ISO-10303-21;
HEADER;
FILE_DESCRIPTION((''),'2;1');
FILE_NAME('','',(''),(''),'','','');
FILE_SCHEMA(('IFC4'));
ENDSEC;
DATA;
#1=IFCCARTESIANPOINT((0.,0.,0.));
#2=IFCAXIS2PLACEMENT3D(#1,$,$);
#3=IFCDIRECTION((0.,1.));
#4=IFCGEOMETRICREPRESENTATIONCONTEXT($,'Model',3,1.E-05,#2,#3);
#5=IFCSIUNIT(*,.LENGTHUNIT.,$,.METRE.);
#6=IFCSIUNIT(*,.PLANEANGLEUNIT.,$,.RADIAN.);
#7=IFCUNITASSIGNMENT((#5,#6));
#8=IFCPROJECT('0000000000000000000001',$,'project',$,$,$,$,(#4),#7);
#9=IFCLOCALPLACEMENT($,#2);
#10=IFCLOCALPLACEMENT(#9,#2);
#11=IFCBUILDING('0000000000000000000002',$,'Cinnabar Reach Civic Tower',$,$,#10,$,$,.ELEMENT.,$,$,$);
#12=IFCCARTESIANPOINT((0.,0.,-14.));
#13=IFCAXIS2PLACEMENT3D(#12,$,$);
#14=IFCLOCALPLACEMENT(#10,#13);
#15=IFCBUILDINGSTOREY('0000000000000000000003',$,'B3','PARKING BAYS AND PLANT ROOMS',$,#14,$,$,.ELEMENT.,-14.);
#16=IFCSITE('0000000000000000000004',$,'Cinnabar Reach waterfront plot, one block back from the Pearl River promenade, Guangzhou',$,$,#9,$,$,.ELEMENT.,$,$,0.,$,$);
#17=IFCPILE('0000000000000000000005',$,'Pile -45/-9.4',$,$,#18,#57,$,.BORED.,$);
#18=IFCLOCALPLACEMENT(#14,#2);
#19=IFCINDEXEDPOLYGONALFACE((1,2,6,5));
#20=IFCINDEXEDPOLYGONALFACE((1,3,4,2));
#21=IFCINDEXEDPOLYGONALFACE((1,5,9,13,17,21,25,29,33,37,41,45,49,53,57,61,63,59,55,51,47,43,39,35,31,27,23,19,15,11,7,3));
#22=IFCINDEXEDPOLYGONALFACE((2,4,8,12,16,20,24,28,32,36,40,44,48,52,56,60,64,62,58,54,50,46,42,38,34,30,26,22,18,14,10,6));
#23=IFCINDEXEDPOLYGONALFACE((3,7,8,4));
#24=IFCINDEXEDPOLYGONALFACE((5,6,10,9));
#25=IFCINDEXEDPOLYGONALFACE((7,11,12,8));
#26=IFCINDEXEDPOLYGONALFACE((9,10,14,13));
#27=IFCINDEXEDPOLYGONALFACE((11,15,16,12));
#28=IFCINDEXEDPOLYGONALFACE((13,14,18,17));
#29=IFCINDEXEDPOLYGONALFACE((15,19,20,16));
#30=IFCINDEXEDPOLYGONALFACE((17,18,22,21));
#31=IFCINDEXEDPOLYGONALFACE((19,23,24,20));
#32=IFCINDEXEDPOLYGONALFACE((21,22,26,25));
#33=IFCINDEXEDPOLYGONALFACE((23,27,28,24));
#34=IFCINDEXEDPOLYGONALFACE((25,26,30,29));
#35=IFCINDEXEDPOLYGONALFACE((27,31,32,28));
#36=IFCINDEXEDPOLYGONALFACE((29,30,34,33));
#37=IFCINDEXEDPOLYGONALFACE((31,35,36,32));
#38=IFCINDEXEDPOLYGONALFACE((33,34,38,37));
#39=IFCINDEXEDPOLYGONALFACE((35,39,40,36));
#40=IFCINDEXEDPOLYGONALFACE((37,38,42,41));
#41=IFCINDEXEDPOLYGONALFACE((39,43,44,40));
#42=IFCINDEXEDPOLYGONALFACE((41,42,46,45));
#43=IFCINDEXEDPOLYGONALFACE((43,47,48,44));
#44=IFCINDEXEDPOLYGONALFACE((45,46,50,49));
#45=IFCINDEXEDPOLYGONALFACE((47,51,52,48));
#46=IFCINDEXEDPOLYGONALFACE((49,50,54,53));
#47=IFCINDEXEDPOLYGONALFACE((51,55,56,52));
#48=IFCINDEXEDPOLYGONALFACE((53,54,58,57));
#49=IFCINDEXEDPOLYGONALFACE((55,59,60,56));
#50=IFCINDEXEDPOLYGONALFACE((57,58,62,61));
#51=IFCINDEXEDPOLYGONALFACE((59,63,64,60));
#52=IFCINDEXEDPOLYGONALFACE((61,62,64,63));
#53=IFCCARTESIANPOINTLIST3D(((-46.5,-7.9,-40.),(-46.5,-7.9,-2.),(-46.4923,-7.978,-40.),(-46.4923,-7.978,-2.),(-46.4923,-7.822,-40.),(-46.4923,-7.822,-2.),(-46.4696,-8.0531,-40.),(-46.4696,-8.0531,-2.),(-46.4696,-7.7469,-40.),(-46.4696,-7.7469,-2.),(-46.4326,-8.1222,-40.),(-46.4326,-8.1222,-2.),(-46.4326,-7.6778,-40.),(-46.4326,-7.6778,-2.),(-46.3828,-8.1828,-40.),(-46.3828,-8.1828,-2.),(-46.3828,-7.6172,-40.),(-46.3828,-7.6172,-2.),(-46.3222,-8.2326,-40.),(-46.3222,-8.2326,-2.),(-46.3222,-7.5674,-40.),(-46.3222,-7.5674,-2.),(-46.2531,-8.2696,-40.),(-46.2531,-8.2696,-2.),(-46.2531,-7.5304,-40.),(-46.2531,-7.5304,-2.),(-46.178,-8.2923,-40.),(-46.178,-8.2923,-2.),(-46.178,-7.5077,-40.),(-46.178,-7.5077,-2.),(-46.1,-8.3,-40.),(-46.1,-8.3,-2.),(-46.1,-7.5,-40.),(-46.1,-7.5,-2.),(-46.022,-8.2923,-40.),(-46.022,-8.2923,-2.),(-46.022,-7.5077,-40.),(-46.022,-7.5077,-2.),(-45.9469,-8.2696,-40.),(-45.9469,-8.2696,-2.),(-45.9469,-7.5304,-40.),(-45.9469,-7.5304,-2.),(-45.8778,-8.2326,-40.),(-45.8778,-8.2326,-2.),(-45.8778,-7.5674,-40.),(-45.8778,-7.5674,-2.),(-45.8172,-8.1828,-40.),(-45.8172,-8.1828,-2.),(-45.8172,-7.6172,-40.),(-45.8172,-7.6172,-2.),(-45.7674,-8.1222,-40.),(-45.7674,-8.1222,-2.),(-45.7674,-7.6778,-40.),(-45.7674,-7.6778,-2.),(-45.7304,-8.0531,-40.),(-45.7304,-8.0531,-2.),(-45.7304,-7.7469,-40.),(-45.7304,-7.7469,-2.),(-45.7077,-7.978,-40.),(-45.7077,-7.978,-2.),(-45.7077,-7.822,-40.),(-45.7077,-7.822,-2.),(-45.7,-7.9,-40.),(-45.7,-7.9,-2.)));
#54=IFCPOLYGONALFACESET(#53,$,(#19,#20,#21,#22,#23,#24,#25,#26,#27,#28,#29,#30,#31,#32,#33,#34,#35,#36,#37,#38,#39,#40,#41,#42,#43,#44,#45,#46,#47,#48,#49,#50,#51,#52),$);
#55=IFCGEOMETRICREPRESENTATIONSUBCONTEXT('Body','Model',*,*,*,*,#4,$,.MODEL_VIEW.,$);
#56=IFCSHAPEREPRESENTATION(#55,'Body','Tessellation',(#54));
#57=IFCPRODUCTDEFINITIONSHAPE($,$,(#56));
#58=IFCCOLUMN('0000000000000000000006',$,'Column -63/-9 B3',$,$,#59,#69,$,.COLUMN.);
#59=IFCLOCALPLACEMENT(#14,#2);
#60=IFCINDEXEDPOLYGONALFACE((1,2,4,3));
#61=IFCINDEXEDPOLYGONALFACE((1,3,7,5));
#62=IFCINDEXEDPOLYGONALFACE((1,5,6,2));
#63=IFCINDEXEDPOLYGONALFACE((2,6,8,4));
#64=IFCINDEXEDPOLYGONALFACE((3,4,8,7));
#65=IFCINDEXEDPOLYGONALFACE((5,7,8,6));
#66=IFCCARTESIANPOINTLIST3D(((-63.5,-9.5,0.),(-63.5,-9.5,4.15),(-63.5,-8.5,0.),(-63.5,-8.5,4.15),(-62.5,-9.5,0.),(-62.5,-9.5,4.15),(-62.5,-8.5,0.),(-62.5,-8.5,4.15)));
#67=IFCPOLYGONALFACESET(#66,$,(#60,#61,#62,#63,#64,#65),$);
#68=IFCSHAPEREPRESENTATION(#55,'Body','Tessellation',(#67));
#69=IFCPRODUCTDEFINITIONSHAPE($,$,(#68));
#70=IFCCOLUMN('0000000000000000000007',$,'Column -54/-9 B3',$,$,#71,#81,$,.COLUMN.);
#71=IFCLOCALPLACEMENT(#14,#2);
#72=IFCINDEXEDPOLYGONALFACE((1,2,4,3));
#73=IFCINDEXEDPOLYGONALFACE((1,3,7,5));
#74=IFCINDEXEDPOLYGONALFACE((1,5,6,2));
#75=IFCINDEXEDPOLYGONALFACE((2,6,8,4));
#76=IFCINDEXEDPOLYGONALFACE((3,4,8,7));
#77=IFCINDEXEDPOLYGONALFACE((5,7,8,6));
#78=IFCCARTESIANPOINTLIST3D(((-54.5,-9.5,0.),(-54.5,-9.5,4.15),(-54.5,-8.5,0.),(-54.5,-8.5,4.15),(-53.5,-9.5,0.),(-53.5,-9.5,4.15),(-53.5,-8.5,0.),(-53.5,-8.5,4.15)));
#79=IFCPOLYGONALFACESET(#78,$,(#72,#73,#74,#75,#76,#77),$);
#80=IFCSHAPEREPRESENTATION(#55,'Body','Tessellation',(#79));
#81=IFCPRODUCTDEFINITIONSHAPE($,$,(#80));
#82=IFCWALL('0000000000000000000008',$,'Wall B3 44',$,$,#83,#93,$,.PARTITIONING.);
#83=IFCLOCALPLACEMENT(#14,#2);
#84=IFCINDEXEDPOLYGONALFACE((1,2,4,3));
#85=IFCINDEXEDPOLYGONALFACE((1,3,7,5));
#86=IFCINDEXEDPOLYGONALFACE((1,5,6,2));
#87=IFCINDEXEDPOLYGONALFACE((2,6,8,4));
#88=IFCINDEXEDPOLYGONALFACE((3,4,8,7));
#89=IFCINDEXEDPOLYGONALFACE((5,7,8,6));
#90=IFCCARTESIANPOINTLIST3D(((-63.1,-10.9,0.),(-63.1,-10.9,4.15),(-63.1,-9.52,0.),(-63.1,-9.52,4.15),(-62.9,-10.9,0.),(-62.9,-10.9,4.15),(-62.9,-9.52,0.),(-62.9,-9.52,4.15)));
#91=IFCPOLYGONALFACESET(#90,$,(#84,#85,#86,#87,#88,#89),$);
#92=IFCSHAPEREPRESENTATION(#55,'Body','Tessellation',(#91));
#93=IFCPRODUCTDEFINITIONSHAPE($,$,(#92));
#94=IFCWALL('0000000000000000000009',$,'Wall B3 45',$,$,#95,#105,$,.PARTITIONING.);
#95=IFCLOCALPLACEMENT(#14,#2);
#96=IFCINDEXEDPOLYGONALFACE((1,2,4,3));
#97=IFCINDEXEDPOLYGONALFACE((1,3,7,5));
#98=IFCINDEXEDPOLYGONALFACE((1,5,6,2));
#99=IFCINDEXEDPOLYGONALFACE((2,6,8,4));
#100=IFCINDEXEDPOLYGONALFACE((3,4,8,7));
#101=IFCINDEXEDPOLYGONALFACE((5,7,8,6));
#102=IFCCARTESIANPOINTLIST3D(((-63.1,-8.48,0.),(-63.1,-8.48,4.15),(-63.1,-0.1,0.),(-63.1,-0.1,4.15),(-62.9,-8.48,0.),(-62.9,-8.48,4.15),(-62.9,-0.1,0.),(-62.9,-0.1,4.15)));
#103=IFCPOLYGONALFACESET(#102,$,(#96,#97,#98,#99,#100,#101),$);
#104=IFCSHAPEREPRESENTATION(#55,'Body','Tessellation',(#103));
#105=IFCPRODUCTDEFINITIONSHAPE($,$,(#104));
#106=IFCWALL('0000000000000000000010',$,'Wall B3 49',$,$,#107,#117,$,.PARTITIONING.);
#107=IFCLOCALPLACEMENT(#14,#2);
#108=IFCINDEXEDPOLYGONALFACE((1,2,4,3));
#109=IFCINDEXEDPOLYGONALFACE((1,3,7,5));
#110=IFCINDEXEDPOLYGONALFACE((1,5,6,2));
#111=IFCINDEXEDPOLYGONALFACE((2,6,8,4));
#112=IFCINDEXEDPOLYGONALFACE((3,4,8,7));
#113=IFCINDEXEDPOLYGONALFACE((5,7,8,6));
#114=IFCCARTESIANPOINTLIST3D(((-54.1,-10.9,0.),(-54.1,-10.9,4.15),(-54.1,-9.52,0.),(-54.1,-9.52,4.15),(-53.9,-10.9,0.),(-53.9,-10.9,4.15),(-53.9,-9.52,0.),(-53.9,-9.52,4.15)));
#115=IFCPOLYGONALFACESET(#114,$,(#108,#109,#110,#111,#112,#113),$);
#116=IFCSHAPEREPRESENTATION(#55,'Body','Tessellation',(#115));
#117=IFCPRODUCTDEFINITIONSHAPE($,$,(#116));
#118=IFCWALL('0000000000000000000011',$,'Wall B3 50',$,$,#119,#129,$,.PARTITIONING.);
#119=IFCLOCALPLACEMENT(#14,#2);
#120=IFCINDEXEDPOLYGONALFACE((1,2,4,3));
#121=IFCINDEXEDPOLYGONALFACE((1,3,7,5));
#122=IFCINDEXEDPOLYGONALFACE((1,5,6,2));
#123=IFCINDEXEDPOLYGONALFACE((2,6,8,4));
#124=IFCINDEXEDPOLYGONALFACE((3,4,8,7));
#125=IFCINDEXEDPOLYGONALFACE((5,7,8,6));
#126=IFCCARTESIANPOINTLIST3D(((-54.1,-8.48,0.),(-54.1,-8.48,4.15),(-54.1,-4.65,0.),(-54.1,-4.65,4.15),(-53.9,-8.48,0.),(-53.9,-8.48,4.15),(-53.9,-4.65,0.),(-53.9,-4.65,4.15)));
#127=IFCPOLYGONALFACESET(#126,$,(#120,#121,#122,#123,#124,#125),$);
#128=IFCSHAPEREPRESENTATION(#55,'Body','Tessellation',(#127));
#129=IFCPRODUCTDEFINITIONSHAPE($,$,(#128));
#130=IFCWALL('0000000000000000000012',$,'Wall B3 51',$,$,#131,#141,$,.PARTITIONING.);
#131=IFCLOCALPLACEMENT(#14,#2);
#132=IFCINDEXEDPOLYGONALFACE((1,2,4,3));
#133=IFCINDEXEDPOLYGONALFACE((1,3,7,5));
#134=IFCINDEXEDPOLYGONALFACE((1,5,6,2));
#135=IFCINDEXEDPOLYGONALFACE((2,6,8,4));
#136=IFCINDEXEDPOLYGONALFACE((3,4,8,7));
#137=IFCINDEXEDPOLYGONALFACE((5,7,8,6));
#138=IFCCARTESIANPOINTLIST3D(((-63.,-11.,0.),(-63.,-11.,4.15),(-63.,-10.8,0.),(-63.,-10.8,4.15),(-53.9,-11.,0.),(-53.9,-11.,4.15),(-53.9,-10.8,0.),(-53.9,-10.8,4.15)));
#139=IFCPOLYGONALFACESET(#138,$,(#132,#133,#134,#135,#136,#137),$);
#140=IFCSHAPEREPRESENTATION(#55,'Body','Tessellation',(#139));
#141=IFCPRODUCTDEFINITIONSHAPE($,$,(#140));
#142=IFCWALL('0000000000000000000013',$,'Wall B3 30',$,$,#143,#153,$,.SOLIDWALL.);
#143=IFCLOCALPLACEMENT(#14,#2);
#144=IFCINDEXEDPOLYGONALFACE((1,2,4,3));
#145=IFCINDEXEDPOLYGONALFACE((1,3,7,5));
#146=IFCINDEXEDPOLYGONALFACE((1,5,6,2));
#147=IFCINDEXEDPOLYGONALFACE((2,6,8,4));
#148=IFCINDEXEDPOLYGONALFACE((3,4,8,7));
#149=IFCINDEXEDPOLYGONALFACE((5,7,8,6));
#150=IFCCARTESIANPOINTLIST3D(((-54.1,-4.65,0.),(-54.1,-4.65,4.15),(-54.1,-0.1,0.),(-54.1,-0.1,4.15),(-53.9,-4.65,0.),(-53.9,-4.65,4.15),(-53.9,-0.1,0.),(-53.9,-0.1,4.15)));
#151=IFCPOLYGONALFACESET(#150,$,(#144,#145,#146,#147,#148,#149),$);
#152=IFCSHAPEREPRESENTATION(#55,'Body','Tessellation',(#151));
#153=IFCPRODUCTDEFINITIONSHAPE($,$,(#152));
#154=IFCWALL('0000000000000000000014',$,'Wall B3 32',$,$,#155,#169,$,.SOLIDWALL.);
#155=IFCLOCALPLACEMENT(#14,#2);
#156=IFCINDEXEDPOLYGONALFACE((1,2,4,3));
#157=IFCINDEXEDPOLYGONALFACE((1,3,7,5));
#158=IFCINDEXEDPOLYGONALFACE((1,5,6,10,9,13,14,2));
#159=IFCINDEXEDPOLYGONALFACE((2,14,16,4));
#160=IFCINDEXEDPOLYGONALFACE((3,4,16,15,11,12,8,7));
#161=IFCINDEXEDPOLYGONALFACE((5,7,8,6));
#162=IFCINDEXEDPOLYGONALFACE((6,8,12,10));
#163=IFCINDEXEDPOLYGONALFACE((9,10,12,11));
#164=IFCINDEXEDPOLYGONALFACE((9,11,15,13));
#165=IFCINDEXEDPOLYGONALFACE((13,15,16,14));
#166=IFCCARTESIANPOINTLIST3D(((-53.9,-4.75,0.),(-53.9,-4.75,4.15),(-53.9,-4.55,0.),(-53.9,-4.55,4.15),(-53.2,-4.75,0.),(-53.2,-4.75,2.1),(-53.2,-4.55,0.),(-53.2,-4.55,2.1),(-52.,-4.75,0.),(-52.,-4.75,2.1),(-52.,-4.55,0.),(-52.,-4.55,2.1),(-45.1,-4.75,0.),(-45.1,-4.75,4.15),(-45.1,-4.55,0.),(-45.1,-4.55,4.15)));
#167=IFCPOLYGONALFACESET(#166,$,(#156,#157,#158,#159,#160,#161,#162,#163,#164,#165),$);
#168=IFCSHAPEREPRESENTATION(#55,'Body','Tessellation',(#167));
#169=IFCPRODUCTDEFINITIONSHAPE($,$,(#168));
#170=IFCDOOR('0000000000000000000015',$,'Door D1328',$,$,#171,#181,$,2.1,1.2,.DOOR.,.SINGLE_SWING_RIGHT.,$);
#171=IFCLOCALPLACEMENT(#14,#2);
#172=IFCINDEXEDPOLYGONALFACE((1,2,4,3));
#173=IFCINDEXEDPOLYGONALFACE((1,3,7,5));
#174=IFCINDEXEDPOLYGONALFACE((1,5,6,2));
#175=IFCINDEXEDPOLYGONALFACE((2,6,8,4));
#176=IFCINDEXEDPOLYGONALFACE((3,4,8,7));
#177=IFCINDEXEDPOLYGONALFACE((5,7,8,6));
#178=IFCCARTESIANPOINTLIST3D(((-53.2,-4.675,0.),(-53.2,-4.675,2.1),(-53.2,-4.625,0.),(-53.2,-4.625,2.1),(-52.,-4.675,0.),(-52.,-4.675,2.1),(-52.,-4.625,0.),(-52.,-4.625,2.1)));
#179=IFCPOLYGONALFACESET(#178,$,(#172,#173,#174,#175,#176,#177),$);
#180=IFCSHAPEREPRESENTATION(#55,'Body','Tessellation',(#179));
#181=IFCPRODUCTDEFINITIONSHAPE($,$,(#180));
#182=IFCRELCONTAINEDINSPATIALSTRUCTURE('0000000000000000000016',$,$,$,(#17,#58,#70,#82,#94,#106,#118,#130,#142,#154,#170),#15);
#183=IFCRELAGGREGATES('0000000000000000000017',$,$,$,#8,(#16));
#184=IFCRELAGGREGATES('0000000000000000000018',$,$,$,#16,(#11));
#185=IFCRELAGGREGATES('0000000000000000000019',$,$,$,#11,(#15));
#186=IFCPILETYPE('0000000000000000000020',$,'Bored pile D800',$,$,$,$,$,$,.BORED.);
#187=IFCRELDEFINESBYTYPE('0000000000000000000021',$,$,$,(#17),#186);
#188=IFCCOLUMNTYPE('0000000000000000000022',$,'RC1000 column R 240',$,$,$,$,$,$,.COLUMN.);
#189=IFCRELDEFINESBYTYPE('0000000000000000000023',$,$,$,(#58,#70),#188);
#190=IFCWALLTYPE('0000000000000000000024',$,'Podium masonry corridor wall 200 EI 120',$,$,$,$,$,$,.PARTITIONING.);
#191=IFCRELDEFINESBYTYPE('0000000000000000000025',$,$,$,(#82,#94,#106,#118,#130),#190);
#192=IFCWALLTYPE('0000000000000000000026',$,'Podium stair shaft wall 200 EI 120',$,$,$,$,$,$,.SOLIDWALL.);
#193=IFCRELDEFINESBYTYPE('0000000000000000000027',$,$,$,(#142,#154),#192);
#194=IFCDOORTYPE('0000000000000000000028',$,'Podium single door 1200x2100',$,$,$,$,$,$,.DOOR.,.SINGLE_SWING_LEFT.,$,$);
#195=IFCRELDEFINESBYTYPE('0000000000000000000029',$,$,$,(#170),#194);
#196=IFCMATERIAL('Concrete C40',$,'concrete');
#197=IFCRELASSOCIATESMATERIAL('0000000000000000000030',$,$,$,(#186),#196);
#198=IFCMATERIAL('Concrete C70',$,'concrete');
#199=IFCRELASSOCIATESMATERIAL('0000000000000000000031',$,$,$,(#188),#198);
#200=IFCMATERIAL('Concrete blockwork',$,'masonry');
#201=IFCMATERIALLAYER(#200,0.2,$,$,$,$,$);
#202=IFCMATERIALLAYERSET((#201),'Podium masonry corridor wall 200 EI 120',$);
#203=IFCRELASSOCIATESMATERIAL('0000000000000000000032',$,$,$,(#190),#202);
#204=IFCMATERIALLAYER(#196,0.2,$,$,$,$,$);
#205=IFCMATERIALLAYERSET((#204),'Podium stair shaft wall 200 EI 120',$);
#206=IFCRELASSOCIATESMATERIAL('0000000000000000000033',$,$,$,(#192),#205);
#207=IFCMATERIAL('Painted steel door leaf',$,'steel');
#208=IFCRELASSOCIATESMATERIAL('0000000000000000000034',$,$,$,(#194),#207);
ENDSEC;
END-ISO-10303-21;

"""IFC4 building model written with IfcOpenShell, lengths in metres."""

from ifc_helpers import new_model, si_unit, direction, frame, frame_2d, origin, origin_2d, place, context, subcontext, project, spatial, rectangle, circle, extrude, material, layer, layer_set, material_profile, profile_set, type_object, element, fill, save


model = new_model("IFC4")

# Units and contexts
model_context = context("Model", 3, precision=1e-05, world=origin(), true_north=direction((0.0, 1.0)))
body_context = subcontext(model_context, "Body", "Model", "MODEL_VIEW")
ifc_project = project(units=[si_unit("LENGTHUNIT", "METRE"), si_unit("PLANEANGLEUNIT", "RADIAN")], contexts=[model_context])

# Site, building, storey
site_placement = place(None, origin())
site = spatial("IfcSite", under=ifc_project, at=site_placement, Name="Cinnabar Reach waterfront plot, one block back from the Pearl River promenade, Guangzhou", CompositionType="ELEMENT", RefElevation=0.0)
building_placement = place(site_placement, origin())
building = spatial("IfcBuilding", under=site, at=building_placement, Name="Cinnabar Reach Civic Tower", CompositionType="ELEMENT")
storey_placement = place(building_placement, frame((0.0, 0.0, -14.0)))
storey = spatial("IfcBuildingStorey", under=building, at=storey_placement, Name="B3", Description="PARKING BAYS AND PLANT ROOMS", CompositionType="ELEMENT", Elevation=-14.0)

# Pile
ifc_material_1 = material(Name="Concrete C40", Category="concrete")
pile_type = type_object("IfcPileType", Name="Bored pile D800", PredefinedType="BORED", material=ifc_material_1)
for number, where, z_axis, x_axis, name in (
    (1, (-46.1, -7.9, -2.0), (0.0, 0.0, -1.0), (1.0, 0.0, 0.0), "Pile -45/-9.4"),
):
    element("IfcPile", number, at=place(storey_placement, frame(where, z_axis=z_axis, x_axis=x_axis)), inside=storey, type_object=pile_type, Name=name, PredefinedType="BORED", context=body_context, shape_type="SweptSolid", body=[
        extrude(circle(Radius=0.4, at=origin_2d()), origin(), (0.0, 0.0, 1.0), 38.0),
    ])

# Columns
ifc_material_2 = material(Name="Concrete C70", Category="concrete")
ifc_material_profile = material_profile(ifc_material_2, rectangle(XDim=1.0, YDim=1.0, at=origin_2d()), Name="RC1000")
ifc_profile_set = profile_set([ifc_material_profile], Name="Concrete C70")
column_type = type_object("IfcColumnType", Name="RC1000 column R 240", PredefinedType="COLUMN", material=ifc_profile_set)
for number, where, z_axis, x_axis, name in (
    (2, (-63.0, -9.0, 0.0), (0.0, 0.0, 1.0), (1.0, 0.0, 0.0), "Column -63/-9 B3"),
    (3, (-54.0, -9.0, 0.0), (0.0, 0.0, 1.0), (1.0, 0.0, 0.0), "Column -54/-9 B3"),
):
    element("IfcColumn", number, at=place(storey_placement, frame(where, z_axis=z_axis, x_axis=x_axis)), inside=storey, type_object=column_type, Name=name, PredefinedType="COLUMN", context=body_context, shape_type="SweptSolid", body=[
        extrude(rectangle(XDim=1.0, YDim=1.0, at=origin_2d()), origin(), (0.0, 0.0, 1.0), 4.15),
    ])

# Walls
ifc_material_3 = material(Name="Concrete blockwork", Category="masonry")
ifc_layer_1 = layer(ifc_material_3, 0.2)
ifc_layer_set_1 = layer_set([ifc_layer_1], Name="Podium masonry corridor wall 200 EI 120")
wall_type_1 = type_object("IfcWallType", Name="Podium masonry corridor wall 200 EI 120", PredefinedType="PARTITIONING", material=ifc_layer_set_1)
wall_1_placement = place(storey_placement, frame((-63.0, -10.9, 0.0), z_axis=(0.0, 0.0, 1.0), x_axis=(0.0, 1.0, 0.0)))
element("IfcWall", 4, at=wall_1_placement, inside=storey, type_object=wall_type_1, Name="Wall B3 44", PredefinedType="PARTITIONING", context=body_context, shape_type="SweptSolid", body=[
    extrude(rectangle(XDim=1.38, YDim=0.2, at=frame_2d((0.69, 0.0))), origin(), (0.0, 0.0, 1.0), 4.15),
])
wall_2_placement = place(storey_placement, frame((-63.0, -8.48, 0.0), z_axis=(0.0, 0.0, 1.0), x_axis=(0.0, 1.0, 0.0)))
element("IfcWall", 5, at=wall_2_placement, inside=storey, type_object=wall_type_1, Name="Wall B3 45", PredefinedType="PARTITIONING", context=body_context, shape_type="SweptSolid", body=[
    extrude(rectangle(XDim=8.38, YDim=0.2, at=frame_2d((4.19, 0.0))), origin(), (0.0, 0.0, 1.0), 4.15),
])
wall_3_placement = place(storey_placement, frame((-54.0, -10.9, 0.0), z_axis=(0.0, 0.0, 1.0), x_axis=(0.0, 1.0, 0.0)))
element("IfcWall", 6, at=wall_3_placement, inside=storey, type_object=wall_type_1, Name="Wall B3 49", PredefinedType="PARTITIONING", context=body_context, shape_type="SweptSolid", body=[
    extrude(rectangle(XDim=1.38, YDim=0.2, at=frame_2d((0.69, 0.0))), origin(), (0.0, 0.0, 1.0), 4.15),
])
wall_4_placement = place(storey_placement, frame((-54.0, -8.48, 0.0), z_axis=(0.0, 0.0, 1.0), x_axis=(0.0, 1.0, 0.0)))
element("IfcWall", 7, at=wall_4_placement, inside=storey, type_object=wall_type_1, Name="Wall B3 50", PredefinedType="PARTITIONING", context=body_context, shape_type="SweptSolid", body=[
    extrude(rectangle(XDim=3.83, YDim=0.2, at=frame_2d((1.915, 0.0))), origin(), (0.0, 0.0, 1.0), 4.15),
])
wall_5_placement = place(storey_placement, frame((-63.0, -10.9, 0.0), z_axis=(0.0, 0.0, 1.0), x_axis=(1.0, 0.0, 0.0)))
element("IfcWall", 8, at=wall_5_placement, inside=storey, type_object=wall_type_1, Name="Wall B3 51", PredefinedType="PARTITIONING", context=body_context, shape_type="SweptSolid", body=[
    extrude(rectangle(XDim=9.1, YDim=0.2, at=frame_2d((4.55, 0.0))), origin(), (0.0, 0.0, 1.0), 4.15),
])
ifc_layer_2 = layer(ifc_material_1, 0.2)
ifc_layer_set_2 = layer_set([ifc_layer_2], Name="Podium stair shaft wall 200 EI 120")
wall_type_2 = type_object("IfcWallType", Name="Podium stair shaft wall 200 EI 120", PredefinedType="SOLIDWALL", material=ifc_layer_set_2)
wall_6_placement = place(storey_placement, frame((-54.0, -4.65, 0.0), z_axis=(0.0, 0.0, 1.0), x_axis=(0.0, 1.0, 0.0)))
element("IfcWall", 9, at=wall_6_placement, inside=storey, type_object=wall_type_2, Name="Wall B3 30", PredefinedType="SOLIDWALL", context=body_context, shape_type="SweptSolid", body=[
    extrude(rectangle(XDim=4.55, YDim=0.2, at=frame_2d((2.275, 0.0))), origin(), (0.0, 0.0, 1.0), 4.15),
])

# Wall, opening, door
wall_7_placement = place(storey_placement, frame((-53.9, -4.65, 0.0), z_axis=(0.0, 0.0, 1.0), x_axis=(1.0, 0.0, 0.0)))
wall_7 = element("IfcWall", 10, at=wall_7_placement, inside=storey, type_object=wall_type_2, Name="Wall B3 32", PredefinedType="SOLIDWALL", context=body_context, shape_type="SweptSolid", body=[
    extrude(rectangle(XDim=8.8, YDim=0.2, at=frame_2d((4.4, 0.0))), origin(), (0.0, 0.0, 1.0), 4.15),
])
opening_placement = place(wall_7_placement, frame((0.7, 0.0, 0.0)))
opening = element("IfcOpeningElement", 11, at=opening_placement, cuts=wall_7, PredefinedType="OPENING", context=body_context, shape_type="SweptSolid", body=[
    extrude(rectangle(XDim=1.2, YDim=2.1, at=frame_2d((0.6, 1.05))), frame((0.0, 0.11, 0.0), z_axis=(0.0, -1.0, 0.0), x_axis=(1.0, 0.0, 0.0)), (0.0, 0.0, 1.0), 0.22),
])
ifc_material_4 = material(Name="Painted steel door leaf", Category="steel")
door_type = type_object("IfcDoorType", Name="Podium single door 1200x2100", OperationType="SINGLE_SWING_LEFT", PredefinedType="DOOR", material=ifc_material_4)
door_placement = place(opening_placement, origin())
door = element("IfcDoor", 12, at=door_placement, inside=storey, type_object=door_type, Name="Door D1328", OperationType="SINGLE_SWING_RIGHT", OverallHeight=2.1, OverallWidth=1.2, PredefinedType="DOOR", context=body_context, shape_type="SweptSolid", body=[
    extrude(rectangle(XDim=1.2, YDim=2.1, at=frame_2d((0.6, 1.05))), frame((0.0, 0.025, 0.0), z_axis=(0.0, -1.0, 0.0), x_axis=(1.0, 0.0, 0.0)), (0.0, 0.0, 1.0), 0.05),
])
fill(opening, door)

save(model, "model.ifc")
